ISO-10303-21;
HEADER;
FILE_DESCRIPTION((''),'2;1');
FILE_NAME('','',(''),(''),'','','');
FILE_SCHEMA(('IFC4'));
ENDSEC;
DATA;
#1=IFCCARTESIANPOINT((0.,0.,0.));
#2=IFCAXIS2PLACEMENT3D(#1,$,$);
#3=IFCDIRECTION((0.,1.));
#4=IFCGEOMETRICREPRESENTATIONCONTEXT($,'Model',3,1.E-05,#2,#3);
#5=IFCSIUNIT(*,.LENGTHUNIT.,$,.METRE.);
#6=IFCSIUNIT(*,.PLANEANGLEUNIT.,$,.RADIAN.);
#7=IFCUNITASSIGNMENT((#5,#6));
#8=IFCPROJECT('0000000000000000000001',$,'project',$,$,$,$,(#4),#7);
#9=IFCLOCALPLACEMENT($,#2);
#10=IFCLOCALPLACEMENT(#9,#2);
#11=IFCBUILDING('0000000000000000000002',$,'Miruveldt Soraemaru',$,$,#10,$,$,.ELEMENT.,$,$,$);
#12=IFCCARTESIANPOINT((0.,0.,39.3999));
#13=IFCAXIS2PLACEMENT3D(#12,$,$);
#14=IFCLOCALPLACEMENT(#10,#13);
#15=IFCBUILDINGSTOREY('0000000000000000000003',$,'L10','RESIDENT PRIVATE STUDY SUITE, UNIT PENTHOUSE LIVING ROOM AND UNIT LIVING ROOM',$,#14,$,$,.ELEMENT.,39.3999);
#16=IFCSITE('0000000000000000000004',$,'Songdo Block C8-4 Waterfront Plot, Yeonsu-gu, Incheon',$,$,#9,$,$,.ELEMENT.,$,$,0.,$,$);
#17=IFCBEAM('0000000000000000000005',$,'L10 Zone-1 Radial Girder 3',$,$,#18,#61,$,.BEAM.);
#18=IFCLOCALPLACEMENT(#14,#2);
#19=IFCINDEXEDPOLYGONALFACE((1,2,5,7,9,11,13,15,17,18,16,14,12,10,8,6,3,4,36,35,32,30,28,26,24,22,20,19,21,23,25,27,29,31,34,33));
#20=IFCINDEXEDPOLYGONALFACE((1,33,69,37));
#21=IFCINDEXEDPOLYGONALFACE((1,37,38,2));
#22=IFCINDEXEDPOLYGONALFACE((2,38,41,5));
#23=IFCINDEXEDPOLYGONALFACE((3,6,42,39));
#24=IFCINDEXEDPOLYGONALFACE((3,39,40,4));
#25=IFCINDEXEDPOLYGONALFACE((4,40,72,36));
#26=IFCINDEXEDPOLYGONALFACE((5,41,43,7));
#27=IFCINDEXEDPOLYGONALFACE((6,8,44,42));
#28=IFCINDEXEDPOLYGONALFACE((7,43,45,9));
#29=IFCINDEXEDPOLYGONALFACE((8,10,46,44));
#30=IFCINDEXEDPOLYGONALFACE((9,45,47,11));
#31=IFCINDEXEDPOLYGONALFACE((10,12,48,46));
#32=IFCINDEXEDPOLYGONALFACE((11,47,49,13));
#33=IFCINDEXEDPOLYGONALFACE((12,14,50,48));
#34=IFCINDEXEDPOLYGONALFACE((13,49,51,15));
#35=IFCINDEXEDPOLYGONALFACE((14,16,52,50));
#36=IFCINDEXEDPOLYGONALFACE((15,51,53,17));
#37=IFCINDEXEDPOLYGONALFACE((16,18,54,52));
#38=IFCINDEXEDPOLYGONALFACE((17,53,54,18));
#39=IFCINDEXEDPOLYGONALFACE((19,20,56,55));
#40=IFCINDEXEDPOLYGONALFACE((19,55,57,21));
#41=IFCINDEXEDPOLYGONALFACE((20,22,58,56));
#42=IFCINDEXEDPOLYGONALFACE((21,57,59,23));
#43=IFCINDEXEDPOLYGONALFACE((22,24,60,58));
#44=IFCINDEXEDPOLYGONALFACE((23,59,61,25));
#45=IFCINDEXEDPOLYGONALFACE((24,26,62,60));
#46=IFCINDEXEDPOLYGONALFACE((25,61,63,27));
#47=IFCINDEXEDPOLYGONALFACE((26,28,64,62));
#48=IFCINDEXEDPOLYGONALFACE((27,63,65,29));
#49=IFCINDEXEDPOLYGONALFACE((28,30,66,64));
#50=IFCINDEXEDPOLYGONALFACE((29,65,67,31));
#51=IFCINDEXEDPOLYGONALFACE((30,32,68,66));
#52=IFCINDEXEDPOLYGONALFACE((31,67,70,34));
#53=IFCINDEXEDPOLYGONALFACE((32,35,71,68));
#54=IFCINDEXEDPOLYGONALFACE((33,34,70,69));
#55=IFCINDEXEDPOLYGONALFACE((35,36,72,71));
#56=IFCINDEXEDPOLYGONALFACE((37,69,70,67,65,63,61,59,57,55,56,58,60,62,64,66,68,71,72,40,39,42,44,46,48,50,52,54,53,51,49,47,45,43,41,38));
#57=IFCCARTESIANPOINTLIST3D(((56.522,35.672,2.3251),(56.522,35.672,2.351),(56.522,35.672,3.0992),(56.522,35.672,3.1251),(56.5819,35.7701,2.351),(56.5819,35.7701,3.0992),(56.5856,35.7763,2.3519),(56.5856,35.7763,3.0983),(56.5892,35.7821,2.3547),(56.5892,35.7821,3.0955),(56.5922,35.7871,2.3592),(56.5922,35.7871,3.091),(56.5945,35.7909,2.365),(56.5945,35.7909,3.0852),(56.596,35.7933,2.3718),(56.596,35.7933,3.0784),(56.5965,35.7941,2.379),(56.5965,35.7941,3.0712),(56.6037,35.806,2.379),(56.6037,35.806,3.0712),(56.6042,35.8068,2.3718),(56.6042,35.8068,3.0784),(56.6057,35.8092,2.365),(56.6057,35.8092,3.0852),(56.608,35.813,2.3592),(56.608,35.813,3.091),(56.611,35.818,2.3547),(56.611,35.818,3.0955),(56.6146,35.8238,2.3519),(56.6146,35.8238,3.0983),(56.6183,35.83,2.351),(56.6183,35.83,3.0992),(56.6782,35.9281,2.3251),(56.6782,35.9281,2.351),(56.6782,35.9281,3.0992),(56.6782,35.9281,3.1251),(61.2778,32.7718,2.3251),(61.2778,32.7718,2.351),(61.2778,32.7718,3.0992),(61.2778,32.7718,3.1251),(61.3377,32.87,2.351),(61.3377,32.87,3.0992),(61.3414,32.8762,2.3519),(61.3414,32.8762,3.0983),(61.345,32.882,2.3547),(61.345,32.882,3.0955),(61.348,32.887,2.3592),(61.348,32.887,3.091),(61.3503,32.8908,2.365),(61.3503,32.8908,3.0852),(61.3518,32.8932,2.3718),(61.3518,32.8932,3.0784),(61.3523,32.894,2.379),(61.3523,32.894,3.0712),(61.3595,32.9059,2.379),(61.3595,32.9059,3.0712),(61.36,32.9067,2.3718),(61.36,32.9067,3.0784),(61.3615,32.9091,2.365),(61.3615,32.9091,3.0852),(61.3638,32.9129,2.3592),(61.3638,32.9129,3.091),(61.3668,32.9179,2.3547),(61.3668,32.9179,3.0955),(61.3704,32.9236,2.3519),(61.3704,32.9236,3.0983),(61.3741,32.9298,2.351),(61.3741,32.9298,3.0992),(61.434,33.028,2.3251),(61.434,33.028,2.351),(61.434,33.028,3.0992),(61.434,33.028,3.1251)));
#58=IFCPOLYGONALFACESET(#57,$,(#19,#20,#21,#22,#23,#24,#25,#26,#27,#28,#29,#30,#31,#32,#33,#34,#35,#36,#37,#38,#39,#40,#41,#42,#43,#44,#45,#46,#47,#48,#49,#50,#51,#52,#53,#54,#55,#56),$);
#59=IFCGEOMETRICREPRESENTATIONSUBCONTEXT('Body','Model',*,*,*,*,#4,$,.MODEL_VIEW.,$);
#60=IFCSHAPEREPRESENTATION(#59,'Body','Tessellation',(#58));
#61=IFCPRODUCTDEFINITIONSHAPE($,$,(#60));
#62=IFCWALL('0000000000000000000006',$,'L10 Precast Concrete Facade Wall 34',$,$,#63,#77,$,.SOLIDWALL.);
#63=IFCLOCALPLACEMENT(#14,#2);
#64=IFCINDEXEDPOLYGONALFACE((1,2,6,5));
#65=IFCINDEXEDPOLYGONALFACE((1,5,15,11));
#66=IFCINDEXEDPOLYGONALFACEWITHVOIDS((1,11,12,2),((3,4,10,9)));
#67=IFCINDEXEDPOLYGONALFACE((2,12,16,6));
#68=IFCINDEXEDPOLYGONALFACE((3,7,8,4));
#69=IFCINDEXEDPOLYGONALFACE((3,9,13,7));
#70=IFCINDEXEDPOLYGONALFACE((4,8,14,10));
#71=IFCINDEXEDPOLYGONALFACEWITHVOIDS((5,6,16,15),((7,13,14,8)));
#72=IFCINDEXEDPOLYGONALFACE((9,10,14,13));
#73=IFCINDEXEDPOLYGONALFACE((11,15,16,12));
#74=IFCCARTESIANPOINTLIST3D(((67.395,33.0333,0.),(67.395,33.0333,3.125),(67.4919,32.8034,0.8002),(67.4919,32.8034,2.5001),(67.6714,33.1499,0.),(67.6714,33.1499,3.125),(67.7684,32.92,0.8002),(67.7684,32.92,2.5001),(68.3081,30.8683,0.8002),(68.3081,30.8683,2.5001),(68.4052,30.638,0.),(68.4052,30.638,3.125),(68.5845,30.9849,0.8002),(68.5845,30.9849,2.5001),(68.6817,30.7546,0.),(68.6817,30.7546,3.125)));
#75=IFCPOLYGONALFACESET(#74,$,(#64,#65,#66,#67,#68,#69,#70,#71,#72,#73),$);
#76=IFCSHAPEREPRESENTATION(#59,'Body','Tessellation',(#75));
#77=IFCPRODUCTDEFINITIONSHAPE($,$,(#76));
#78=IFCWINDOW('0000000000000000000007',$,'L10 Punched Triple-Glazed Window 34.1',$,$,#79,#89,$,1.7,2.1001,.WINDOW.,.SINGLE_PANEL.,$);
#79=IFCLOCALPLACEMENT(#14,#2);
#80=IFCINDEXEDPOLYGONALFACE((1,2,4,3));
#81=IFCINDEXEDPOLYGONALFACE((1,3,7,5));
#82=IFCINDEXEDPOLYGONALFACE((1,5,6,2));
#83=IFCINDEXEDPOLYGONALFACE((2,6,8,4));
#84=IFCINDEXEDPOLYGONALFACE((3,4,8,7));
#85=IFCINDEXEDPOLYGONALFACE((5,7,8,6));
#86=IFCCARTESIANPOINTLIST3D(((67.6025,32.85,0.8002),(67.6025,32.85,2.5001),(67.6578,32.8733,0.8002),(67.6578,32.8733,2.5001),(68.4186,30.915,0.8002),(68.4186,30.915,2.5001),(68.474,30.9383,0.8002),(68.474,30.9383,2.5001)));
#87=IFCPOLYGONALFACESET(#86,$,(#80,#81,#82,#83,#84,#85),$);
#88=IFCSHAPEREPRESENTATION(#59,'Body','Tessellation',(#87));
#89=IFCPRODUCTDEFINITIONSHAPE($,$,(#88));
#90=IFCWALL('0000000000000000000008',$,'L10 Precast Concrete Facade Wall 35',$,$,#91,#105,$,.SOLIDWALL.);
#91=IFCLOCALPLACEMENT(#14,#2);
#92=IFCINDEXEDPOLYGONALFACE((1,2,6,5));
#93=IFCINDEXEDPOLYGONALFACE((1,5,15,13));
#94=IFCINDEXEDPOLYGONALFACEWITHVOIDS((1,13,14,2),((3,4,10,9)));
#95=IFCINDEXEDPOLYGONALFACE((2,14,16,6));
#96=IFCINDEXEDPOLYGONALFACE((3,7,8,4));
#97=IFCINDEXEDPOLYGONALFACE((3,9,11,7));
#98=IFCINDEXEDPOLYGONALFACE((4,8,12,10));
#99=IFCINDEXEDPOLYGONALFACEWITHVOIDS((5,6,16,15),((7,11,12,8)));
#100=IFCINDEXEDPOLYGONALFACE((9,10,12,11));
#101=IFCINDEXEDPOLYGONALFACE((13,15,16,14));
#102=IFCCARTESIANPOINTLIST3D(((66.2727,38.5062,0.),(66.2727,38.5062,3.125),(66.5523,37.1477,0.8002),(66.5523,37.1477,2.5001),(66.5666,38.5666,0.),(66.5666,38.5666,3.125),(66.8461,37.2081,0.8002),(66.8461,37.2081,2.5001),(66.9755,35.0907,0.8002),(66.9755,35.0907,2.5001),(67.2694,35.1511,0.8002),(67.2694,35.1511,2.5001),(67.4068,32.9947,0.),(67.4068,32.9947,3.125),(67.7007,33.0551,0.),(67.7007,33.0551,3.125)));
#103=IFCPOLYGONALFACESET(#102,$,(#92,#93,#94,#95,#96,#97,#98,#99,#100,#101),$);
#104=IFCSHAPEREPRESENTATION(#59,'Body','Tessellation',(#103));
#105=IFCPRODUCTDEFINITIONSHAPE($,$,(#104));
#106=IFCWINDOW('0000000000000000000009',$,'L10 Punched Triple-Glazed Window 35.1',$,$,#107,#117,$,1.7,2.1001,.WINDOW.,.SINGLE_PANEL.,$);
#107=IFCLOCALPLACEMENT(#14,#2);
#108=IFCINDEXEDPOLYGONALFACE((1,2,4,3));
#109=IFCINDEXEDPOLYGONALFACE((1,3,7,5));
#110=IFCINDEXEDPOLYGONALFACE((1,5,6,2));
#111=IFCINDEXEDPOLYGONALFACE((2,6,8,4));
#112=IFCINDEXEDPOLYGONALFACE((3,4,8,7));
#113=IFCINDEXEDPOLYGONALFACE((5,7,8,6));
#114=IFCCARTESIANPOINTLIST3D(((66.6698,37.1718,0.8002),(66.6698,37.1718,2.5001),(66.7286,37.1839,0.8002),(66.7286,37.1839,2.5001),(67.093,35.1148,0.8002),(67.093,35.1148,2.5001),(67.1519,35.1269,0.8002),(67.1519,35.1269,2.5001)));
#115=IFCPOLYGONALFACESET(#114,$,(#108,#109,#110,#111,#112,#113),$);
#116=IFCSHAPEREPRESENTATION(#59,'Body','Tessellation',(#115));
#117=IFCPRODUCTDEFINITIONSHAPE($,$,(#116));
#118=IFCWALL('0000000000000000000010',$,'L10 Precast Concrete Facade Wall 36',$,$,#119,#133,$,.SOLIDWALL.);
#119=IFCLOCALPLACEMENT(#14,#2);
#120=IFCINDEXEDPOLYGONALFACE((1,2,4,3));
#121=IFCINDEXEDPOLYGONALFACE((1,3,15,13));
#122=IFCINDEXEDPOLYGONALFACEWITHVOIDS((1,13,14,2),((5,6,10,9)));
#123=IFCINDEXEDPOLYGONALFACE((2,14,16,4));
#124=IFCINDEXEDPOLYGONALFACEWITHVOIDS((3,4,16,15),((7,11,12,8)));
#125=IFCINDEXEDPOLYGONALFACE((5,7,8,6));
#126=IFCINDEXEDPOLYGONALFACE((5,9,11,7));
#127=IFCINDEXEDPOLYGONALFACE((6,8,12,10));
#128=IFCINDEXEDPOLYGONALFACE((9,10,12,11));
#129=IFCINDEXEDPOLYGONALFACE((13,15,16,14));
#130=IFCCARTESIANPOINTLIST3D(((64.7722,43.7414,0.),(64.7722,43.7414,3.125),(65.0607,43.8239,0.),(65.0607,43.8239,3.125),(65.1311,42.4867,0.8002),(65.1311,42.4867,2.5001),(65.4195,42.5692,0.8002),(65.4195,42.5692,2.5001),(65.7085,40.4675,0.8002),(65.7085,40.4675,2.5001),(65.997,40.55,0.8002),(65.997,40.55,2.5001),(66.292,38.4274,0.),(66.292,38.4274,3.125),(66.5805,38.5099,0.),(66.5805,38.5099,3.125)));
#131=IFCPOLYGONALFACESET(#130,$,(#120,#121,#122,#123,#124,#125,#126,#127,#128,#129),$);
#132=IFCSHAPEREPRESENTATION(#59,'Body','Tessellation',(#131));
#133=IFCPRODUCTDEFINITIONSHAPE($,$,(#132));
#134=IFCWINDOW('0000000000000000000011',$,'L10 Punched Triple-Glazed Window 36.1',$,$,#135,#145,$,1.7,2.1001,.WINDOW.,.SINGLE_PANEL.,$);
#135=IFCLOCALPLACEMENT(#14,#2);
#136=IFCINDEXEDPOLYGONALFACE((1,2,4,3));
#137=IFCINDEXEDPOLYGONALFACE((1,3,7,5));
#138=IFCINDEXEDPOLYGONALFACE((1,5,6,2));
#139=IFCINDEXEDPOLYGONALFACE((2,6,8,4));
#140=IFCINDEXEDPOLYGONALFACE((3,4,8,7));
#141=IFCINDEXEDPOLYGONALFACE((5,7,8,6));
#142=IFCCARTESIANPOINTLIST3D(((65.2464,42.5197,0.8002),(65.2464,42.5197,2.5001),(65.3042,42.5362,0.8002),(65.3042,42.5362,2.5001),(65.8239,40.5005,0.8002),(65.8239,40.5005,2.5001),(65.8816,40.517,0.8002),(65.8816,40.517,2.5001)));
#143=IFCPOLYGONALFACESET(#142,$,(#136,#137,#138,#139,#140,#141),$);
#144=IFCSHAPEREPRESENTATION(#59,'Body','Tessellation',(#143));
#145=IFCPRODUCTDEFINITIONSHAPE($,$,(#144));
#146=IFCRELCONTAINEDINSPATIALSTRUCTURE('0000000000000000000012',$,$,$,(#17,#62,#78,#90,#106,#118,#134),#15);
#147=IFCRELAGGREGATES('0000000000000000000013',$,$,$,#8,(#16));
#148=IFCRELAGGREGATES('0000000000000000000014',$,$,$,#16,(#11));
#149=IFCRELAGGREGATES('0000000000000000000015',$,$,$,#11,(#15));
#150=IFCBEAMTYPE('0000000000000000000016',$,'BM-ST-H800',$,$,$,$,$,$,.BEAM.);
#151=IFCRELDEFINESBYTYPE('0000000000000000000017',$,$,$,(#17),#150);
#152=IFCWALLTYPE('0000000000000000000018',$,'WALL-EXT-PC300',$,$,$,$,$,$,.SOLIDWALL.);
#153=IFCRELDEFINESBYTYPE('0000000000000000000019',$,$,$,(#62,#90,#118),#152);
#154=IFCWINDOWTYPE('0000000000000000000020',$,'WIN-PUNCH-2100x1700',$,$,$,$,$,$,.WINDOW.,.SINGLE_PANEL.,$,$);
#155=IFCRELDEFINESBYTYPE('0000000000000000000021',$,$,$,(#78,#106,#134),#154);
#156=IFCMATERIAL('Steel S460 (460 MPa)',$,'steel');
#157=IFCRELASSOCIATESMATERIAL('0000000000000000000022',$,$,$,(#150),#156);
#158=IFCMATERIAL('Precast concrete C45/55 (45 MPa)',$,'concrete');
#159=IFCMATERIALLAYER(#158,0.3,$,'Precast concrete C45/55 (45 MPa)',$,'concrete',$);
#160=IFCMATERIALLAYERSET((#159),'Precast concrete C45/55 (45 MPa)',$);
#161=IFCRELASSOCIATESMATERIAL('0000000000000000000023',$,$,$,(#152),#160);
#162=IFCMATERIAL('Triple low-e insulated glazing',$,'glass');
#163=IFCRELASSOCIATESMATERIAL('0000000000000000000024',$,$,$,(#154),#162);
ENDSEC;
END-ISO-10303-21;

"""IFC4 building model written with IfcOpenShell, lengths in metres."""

from ifc_helpers import new_model, si_unit, direction, frame, frame_2d, origin, origin_2d, place, context, subcontext, project, spatial, rectangle, i_section, extrude, material, layer, layer_set, material_profile, profile_set, type_object, element, fill, save


model = new_model("IFC4")

# Units and contexts
model_context = context("Model", 3, precision=1e-05, world=origin(), true_north=direction((0.0, 1.0)))
body_context = subcontext(model_context, "Body", "Model", "MODEL_VIEW")
ifc_project = project(units=[si_unit("LENGTHUNIT", "METRE"), si_unit("PLANEANGLEUNIT", "RADIAN")], contexts=[model_context])

# Site, building, storey
site_placement = place(None, origin())
site = spatial("IfcSite", under=ifc_project, at=site_placement, Name="Songdo Block C8-4 Waterfront Plot, Yeonsu-gu, Incheon", CompositionType="ELEMENT", RefElevation=0.0)
building_placement = place(site_placement, origin())
building = spatial("IfcBuilding", under=site, at=building_placement, Name="Miruveldt Soraemaru", CompositionType="ELEMENT")
storey_placement = place(building_placement, frame((0.0, 0.0, 39.3999)))
storey = spatial("IfcBuildingStorey", under=building, at=storey_placement, Name="L10", Description="RESIDENT PRIVATE STUDY SUITE, UNIT PENTHOUSE LIVING ROOM AND UNIT LIVING ROOM", CompositionType="ELEMENT", Elevation=39.3999)

# Beam
ifc_material_1 = material(Name="Steel S460 (460 MPa)", Category="steel")
ifc_material_profile_1 = material_profile(ifc_material_1, i_section(OverallWidth=0.3, OverallDepth=0.8, WebThickness=0.0139, FlangeThickness=0.0259, FilletRadius=0.0281, at=origin_2d()), Name="Steel S460 (460 MPa)", Category="steel")
ifc_profile_set_1 = profile_set([ifc_material_profile_1], Name="Steel S460 (460 MPa)")
beam_type_1 = type_object("IfcBeamType", Name="BM-ST-H800", PredefinedType="BEAM", material=ifc_profile_set_1)
beam_1_placement = place(storey_placement, frame((56.6001, 35.8, 2.7251), z_axis=(0.853778, -0.520638, 0.0), x_axis=(0.520638, 0.853778, 0.0)))
element("IfcBeam", 1, at=beam_1_placement, inside=storey, type_object=beam_type_1, Name="L10 Zone-1 Radial Girder 3", PredefinedType="BEAM", context=body_context, shape_type="SweptSolid", body=[
    extrude(i_section(OverallWidth=0.3, OverallDepth=0.8, WebThickness=0.0139, FlangeThickness=0.0259, FilletRadius=0.0281, at=origin_2d()), origin(), (0.0, 0.0, 1.0), 5.5703),
])

# Walls, openings, windows
ifc_material_2 = material(Name="Precast concrete C45/55 (45 MPa)", Category="concrete")
ifc_layer_1 = layer(ifc_material_2, 0.3, Name="Precast concrete C45/55 (45 MPa)", Category="concrete")
ifc_layer_set_1 = layer_set([ifc_layer_1], Name="Precast concrete C45/55 (45 MPa)")
wall_type_1 = type_object("IfcWallType", Name="WALL-EXT-PC300", PredefinedType="SOLIDWALL", material=ifc_layer_set_1)
wall_1_placement = place(storey_placement, frame((68.5435, 30.6963, 0.0), z_axis=(0.0, 0.0, 1.0), x_axis=(-0.38862, 0.921398, 0.0)))
wall_1 = element("IfcWall", 2, at=wall_1_placement, inside=storey, type_object=wall_type_1, Name="L10 Precast Concrete Facade Wall 34", PredefinedType="SOLIDWALL", context=body_context, shape_type="SweptSolid", body=[
    extrude(rectangle(XDim=2.5996, YDim=0.3, at=frame_2d((1.2998, 0.0))), origin(), (0.0, 0.0, 1.0), 3.125),
])
opening_1_placement = place(wall_1_placement, frame((0.25, 0.0, 0.8)))
opening_1 = element("IfcOpeningElement", 3, at=opening_1_placement, cuts=wall_1, PredefinedType="OPENING", context=body_context, shape_type="SweptSolid", body=[
    extrude(rectangle(XDim=2.1001, YDim=1.7, at=frame_2d((1.05, 0.8501))), frame((0.0, 0.1602, 0.0), z_axis=(0.0, -1.0, 0.0), x_axis=(1.0, 0.0, 0.0)), (0.0, 0.0, 1.0), 0.3201),
])
ifc_material_3 = material(Name="Triple low-e insulated glazing", Category="glass")
window_type = type_object("IfcWindowType", Name="WIN-PUNCH-2100x1700", PartitioningType="SINGLE_PANEL", PredefinedType="WINDOW", material=ifc_material_3)
window_1_placement = place(opening_1_placement, origin())
window_1 = element("IfcWindow", 4, at=window_1_placement, inside=storey, type_object=window_type, Name="L10 Punched Triple-Glazed Window 34.1", OverallHeight=1.7, OverallWidth=2.1001, PartitioningType="SINGLE_PANEL", PredefinedType="WINDOW", context=body_context, shape_type="SweptSolid", body=[
    extrude(rectangle(XDim=2.1001, YDim=1.7, at=frame_2d((1.05, 0.8501))), frame((0.0, 0.03, 0.0), z_axis=(0.0, -1.0, 0.0), x_axis=(1.0, 0.0, 0.0)), (0.0, 0.0, 1.0), 0.0601),
])
fill(opening_1, window_1)
wall_2_placement = place(storey_placement, frame((67.5537, 33.0249, 0.0), z_axis=(0.0, 0.0, 1.0), x_axis=(-0.201537, 0.979481, 0.0)))
wall_2 = element("IfcWall", 5, at=wall_2_placement, inside=storey, type_object=wall_type_1, Name="L10 Precast Concrete Facade Wall 35", PredefinedType="SOLIDWALL", context=body_context, shape_type="SweptSolid", body=[
    extrude(rectangle(XDim=5.627, YDim=0.3, at=frame_2d((2.8135, 0.0))), origin(), (0.0, 0.0, 1.0), 3.125),
])
opening_2_placement = place(wall_2_placement, frame((2.1399, 0.0, 0.8)))
opening_2 = element("IfcOpeningElement", 6, at=opening_2_placement, cuts=wall_2, PredefinedType="OPENING", context=body_context, shape_type="SweptSolid", body=[
    extrude(rectangle(XDim=2.1001, YDim=1.7, at=frame_2d((1.05, 0.8501))), frame((0.0, 0.1602, 0.0), z_axis=(0.0, -1.0, 0.0), x_axis=(1.0, 0.0, 0.0)), (0.0, 0.0, 1.0), 0.3201),
])
window_2_placement = place(opening_2_placement, origin())
window_2 = element("IfcWindow", 7, at=window_2_placement, inside=storey, type_object=window_type, Name="L10 Punched Triple-Glazed Window 35.1", OverallHeight=1.7, OverallWidth=2.1001, PartitioningType="SINGLE_PANEL", PredefinedType="WINDOW", context=body_context, shape_type="SweptSolid", body=[
    extrude(rectangle(XDim=2.1001, YDim=1.7, at=frame_2d((1.05, 0.8501))), frame((0.0, 0.03, 0.0), z_axis=(0.0, -1.0, 0.0), x_axis=(1.0, 0.0, 0.0)), (0.0, 0.0, 1.0), 0.0601),
])
fill(opening_2, window_2)
wall_3_placement = place(storey_placement, frame((66.4363, 38.4685, 0.0), z_axis=(0.0, 0.0, 1.0), x_axis=(-0.274972, 0.961452, 0.0)))
wall_3 = element("IfcWall", 8, at=wall_3_placement, inside=storey, type_object=wall_type_1, Name="L10 Precast Concrete Facade Wall 36", PredefinedType="SOLIDWALL", context=body_context, shape_type="SweptSolid", body=[
    extrude(rectangle(XDim=5.5271, YDim=0.3, at=frame_2d((2.7637, 0.0))), origin(), (0.0, 0.0, 1.0), 3.125),
])
opening_3_placement = place(wall_3_placement, frame((2.1221, 0.0, 0.8)))
opening_3 = element("IfcOpeningElement", 9, at=opening_3_placement, cuts=wall_3, PredefinedType="OPENING", context=body_context, shape_type="SweptSolid", body=[
    extrude(rectangle(XDim=2.1001, YDim=1.7, at=frame_2d((1.05, 0.8501))), frame((0.0, 0.1602, 0.0), z_axis=(0.0, -1.0, 0.0), x_axis=(1.0, 0.0, 0.0)), (0.0, 0.0, 1.0), 0.3201),
])
window_3_placement = place(opening_3_placement, origin())
window_3 = element("IfcWindow", 10, at=window_3_placement, inside=storey, type_object=window_type, Name="L10 Punched Triple-Glazed Window 36.1", OverallHeight=1.7, OverallWidth=2.1001, PartitioningType="SINGLE_PANEL", PredefinedType="WINDOW", context=body_context, shape_type="SweptSolid", body=[
    extrude(rectangle(XDim=2.1001, YDim=1.7, at=frame_2d((1.05, 0.8501))), frame((0.0, 0.03, 0.0), z_axis=(0.0, -1.0, 0.0), x_axis=(1.0, 0.0, 0.0)), (0.0, 0.0, 1.0), 0.0601),
])
fill(opening_3, window_3)

save(model, "model.ifc")
